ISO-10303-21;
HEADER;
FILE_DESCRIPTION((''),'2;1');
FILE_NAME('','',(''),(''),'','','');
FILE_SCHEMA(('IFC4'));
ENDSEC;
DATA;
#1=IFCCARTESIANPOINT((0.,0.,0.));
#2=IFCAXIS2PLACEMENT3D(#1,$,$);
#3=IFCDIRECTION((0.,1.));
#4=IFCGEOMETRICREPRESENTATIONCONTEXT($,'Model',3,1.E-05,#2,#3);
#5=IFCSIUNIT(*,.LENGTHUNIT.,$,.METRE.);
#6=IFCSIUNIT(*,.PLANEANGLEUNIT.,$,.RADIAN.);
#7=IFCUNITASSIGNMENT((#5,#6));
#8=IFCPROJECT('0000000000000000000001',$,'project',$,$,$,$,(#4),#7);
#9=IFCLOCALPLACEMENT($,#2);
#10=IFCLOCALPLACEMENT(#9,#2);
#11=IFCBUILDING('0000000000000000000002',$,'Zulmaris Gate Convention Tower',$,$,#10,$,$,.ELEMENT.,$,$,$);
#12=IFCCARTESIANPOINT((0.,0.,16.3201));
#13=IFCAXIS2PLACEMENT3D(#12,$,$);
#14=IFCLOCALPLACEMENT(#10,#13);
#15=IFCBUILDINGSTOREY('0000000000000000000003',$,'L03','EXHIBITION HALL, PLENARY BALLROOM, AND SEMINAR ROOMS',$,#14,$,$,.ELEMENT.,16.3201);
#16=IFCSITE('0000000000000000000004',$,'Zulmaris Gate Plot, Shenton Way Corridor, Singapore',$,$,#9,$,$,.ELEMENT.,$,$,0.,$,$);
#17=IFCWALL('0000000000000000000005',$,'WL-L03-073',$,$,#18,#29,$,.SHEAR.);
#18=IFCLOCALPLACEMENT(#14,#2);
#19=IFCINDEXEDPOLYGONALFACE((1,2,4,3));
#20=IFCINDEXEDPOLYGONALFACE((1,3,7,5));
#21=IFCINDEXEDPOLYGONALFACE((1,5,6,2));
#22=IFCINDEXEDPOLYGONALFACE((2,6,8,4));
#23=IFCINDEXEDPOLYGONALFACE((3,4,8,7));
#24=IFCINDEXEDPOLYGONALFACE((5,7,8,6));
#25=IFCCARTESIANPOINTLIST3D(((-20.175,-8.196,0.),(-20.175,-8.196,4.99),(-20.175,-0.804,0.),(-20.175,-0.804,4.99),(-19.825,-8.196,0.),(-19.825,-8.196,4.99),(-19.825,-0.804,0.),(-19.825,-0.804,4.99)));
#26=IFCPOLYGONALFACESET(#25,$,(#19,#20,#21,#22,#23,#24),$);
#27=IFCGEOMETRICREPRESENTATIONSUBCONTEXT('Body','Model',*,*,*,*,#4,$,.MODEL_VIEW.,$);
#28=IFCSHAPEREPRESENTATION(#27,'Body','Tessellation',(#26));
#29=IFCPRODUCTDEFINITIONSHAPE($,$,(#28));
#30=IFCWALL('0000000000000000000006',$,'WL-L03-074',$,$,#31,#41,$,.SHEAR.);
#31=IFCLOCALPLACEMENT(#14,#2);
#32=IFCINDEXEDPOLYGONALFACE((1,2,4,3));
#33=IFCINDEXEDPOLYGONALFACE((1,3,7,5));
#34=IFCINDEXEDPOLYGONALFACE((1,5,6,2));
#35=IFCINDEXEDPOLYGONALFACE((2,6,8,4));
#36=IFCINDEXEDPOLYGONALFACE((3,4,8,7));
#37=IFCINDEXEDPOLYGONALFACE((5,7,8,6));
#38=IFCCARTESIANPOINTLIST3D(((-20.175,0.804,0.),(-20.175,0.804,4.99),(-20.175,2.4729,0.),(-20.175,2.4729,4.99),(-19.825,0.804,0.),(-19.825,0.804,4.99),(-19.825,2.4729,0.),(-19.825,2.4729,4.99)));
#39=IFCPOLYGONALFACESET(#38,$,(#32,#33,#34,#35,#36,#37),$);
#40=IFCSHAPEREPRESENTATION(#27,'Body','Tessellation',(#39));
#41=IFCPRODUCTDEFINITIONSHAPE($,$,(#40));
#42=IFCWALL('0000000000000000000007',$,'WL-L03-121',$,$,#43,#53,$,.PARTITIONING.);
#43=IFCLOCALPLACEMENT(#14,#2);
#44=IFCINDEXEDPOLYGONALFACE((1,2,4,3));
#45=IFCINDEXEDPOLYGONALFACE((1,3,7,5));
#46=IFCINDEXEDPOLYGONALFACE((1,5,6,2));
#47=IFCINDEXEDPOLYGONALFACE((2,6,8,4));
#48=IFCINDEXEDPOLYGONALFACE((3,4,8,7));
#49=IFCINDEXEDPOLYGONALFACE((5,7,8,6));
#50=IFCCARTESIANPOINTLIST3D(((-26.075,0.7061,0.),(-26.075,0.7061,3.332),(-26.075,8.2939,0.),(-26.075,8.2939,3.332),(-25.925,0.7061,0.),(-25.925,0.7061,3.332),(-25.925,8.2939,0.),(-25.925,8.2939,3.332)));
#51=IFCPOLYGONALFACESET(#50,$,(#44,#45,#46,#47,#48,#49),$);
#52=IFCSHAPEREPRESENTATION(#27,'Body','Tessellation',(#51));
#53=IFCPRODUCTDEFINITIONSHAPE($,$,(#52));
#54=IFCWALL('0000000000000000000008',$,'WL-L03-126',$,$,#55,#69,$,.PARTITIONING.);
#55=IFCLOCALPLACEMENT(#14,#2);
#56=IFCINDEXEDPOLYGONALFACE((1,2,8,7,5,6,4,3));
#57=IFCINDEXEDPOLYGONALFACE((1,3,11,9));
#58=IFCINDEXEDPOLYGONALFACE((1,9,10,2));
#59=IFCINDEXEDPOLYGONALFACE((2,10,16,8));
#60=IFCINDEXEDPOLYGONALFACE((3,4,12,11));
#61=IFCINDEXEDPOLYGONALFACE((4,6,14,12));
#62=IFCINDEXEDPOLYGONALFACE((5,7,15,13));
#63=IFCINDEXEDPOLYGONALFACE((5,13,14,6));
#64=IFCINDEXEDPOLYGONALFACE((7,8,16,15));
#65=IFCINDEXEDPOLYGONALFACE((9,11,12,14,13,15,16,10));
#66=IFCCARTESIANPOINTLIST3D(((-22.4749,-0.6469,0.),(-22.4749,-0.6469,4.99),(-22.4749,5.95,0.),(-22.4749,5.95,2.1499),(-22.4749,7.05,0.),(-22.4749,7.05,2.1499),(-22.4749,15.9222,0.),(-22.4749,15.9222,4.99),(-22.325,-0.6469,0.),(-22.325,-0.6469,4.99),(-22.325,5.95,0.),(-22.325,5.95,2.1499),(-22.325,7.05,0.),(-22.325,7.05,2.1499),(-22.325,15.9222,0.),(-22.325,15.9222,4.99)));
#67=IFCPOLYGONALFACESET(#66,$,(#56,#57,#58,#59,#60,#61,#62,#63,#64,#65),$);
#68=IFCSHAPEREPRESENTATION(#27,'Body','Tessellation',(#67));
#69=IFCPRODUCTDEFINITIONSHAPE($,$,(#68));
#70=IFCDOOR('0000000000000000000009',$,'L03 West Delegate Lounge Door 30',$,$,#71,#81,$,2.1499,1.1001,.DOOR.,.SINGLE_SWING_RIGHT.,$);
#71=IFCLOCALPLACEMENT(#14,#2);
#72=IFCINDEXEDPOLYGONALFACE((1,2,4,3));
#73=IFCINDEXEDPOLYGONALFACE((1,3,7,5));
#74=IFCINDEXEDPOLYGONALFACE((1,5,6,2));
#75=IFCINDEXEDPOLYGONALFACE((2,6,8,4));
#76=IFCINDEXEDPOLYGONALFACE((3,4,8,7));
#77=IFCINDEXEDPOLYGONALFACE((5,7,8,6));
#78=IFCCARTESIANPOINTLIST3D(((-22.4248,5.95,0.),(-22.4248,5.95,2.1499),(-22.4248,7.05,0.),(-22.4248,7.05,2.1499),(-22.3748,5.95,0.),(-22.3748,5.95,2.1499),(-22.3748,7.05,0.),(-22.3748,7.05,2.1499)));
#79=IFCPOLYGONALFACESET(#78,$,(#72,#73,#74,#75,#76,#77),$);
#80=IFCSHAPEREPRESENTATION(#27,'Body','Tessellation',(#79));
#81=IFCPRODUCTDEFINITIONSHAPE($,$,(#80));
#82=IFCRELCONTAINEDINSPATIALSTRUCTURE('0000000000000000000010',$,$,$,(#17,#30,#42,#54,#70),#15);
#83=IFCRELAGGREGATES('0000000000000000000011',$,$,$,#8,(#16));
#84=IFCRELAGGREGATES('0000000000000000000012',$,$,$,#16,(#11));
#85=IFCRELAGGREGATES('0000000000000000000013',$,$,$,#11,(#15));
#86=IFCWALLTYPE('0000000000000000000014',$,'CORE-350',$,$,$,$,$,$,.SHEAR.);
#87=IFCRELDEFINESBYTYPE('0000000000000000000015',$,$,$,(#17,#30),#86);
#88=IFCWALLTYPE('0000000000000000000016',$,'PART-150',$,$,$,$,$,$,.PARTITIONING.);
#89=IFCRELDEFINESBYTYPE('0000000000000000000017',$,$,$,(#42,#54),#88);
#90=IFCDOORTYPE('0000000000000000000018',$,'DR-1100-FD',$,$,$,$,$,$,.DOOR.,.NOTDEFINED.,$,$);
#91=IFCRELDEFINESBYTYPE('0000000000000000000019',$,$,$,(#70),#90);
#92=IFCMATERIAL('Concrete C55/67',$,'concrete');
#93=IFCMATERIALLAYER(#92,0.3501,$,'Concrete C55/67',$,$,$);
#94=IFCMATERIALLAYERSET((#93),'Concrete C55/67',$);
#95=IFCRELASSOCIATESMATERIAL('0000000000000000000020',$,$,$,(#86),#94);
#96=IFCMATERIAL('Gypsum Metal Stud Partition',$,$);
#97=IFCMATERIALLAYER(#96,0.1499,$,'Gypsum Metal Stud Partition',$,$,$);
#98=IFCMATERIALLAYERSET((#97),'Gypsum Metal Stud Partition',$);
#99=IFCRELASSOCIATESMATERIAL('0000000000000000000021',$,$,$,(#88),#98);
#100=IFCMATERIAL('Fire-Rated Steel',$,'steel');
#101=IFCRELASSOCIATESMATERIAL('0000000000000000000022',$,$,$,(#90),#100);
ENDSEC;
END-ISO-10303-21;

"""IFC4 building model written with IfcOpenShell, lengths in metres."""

from ifc_helpers import new_model, si_unit, direction, frame, frame_2d, origin, place, context, subcontext, project, spatial, rectangle, extrude, material, layer, layer_set, type_object, element, fill, save


model = new_model("IFC4")

# Units and contexts
model_context = context("Model", 3, precision=1e-05, world=origin(), true_north=direction((0.0, 1.0)))
body_context = subcontext(model_context, "Body", "Model", "MODEL_VIEW")
ifc_project = project(units=[si_unit("LENGTHUNIT", "METRE"), si_unit("PLANEANGLEUNIT", "RADIAN")], contexts=[model_context])

# Site, building, storey
site_placement = place(None, origin())
site = spatial("IfcSite", under=ifc_project, at=site_placement, Name="Zulmaris Gate Plot, Shenton Way Corridor, Singapore", CompositionType="ELEMENT", RefElevation=0.0)
building_placement = place(site_placement, origin())
building = spatial("IfcBuilding", under=site, at=building_placement, Name="Zulmaris Gate Convention Tower", CompositionType="ELEMENT")
storey_placement = place(building_placement, frame((0.0, 0.0, 16.3201)))
storey = spatial("IfcBuildingStorey", under=building, at=storey_placement, Name="L03", Description="EXHIBITION HALL, PLENARY BALLROOM, AND SEMINAR ROOMS", CompositionType="ELEMENT", Elevation=16.3201)

# Walls
ifc_material_1 = material(Name="Concrete C55/67", Category="concrete")
ifc_layer_1 = layer(ifc_material_1, 0.3501, Name="Concrete C55/67")
ifc_layer_set_1 = layer_set([ifc_layer_1], Name="Concrete C55/67")
wall_type_1 = type_object("IfcWallType", Name="CORE-350", PredefinedType="SHEAR", material=ifc_layer_set_1)
wall_1_placement = place(storey_placement, frame((-20.0, -8.196, 0.0), z_axis=(0.0, 0.0, 1.0), x_axis=(0.0, 1.0, 0.0)))
element("IfcWall", 1, at=wall_1_placement, inside=storey, type_object=wall_type_1, Name="WL-L03-073", PredefinedType="SHEAR", context=body_context, shape_type="SweptSolid", body=[
    extrude(rectangle(XDim=7.3921, YDim=0.3501, at=frame_2d((3.696, 0.0))), origin(), (0.0, 0.0, 1.0), 4.99),
])
wall_2_placement = place(storey_placement, frame((-20.0, 0.804, 0.0), z_axis=(0.0, 0.0, 1.0), x_axis=(0.0, 1.0, 0.0)))
element("IfcWall", 2, at=wall_2_placement, inside=storey, type_object=wall_type_1, Name="WL-L03-074", PredefinedType="SHEAR", context=body_context, shape_type="SweptSolid", body=[
    extrude(rectangle(XDim=1.6689, YDim=0.3501, at=frame_2d((0.8345, 0.0))), origin(), (0.0, 0.0, 1.0), 4.99),
])
ifc_material_2 = material(Name="Gypsum Metal Stud Partition")
ifc_layer_2 = layer(ifc_material_2, 0.1499, Name="Gypsum Metal Stud Partition")
ifc_layer_set_2 = layer_set([ifc_layer_2], Name="Gypsum Metal Stud Partition")
wall_type_2 = type_object("IfcWallType", Name="PART-150", PredefinedType="PARTITIONING", material=ifc_layer_set_2)
wall_3_placement = place(storey_placement, frame((-26.0, 0.7061, 0.0), z_axis=(0.0, 0.0, 1.0), x_axis=(0.0, 1.0, 0.0)))
element("IfcWall", 3, at=wall_3_placement, inside=storey, type_object=wall_type_2, Name="WL-L03-121", PredefinedType="PARTITIONING", context=body_context, shape_type="SweptSolid", body=[
    extrude(rectangle(XDim=7.5879, YDim=0.1499, at=frame_2d((3.7939, 0.0))), origin(), (0.0, 0.0, 1.0), 3.332),
])

# Wall, opening, door
wall_4_placement = place(storey_placement, frame((-22.3999, -0.647, 0.0), z_axis=(0.0, 0.0, 1.0), x_axis=(0.0, 1.0, 0.0)))
wall_4 = element("IfcWall", 4, at=wall_4_placement, inside=storey, type_object=wall_type_2, Name="WL-L03-126", PredefinedType="PARTITIONING", context=body_context, shape_type="SweptSolid", body=[
    extrude(rectangle(XDim=16.5691, YDim=0.1499, at=frame_2d((8.2847, 0.0))), origin(), (0.0, 0.0, 1.0), 4.99),
])
opening_1_placement = place(wall_4_placement, frame((6.5969, 0.0, 0.0)))
opening_1 = element("IfcOpeningElement", 5, at=opening_1_placement, cuts=wall_4, PredefinedType="OPENING", context=body_context, shape_type="SweptSolid", body=[
    extrude(rectangle(XDim=1.1001, YDim=2.1499, at=frame_2d((0.55, 1.075))), frame((0.0, 0.085, 0.0), z_axis=(0.0, -1.0, 0.0), x_axis=(1.0, 0.0, 0.0)), (0.0, 0.0, 1.0), 0.1699),
])
ifc_material_3 = material(Name="Fire-Rated Steel", Category="steel")
door_type_1 = type_object("IfcDoorType", Name="DR-1100-FD", OperationType="NOTDEFINED", PredefinedType="DOOR", material=ifc_material_3)
door_1_placement = place(opening_1_placement, origin())
door_1 = element("IfcDoor", 6, at=door_1_placement, inside=storey, type_object=door_type_1, Name="L03 West Delegate Lounge Door 30", OperationType="SINGLE_SWING_RIGHT", OverallHeight=2.1499, OverallWidth=1.1001, PredefinedType="DOOR", context=body_context, shape_type="SweptSolid", body=[
    extrude(rectangle(XDim=1.1001, YDim=2.1499, at=frame_2d((0.55, 1.075))), frame((0.0, 0.0249, 0.0), z_axis=(0.0, -1.0, 0.0), x_axis=(1.0, 0.0, 0.0)), (0.0, 0.0, 1.0), 0.05),
])
fill(opening_1, door_1)

save(model, "model.ifc")
